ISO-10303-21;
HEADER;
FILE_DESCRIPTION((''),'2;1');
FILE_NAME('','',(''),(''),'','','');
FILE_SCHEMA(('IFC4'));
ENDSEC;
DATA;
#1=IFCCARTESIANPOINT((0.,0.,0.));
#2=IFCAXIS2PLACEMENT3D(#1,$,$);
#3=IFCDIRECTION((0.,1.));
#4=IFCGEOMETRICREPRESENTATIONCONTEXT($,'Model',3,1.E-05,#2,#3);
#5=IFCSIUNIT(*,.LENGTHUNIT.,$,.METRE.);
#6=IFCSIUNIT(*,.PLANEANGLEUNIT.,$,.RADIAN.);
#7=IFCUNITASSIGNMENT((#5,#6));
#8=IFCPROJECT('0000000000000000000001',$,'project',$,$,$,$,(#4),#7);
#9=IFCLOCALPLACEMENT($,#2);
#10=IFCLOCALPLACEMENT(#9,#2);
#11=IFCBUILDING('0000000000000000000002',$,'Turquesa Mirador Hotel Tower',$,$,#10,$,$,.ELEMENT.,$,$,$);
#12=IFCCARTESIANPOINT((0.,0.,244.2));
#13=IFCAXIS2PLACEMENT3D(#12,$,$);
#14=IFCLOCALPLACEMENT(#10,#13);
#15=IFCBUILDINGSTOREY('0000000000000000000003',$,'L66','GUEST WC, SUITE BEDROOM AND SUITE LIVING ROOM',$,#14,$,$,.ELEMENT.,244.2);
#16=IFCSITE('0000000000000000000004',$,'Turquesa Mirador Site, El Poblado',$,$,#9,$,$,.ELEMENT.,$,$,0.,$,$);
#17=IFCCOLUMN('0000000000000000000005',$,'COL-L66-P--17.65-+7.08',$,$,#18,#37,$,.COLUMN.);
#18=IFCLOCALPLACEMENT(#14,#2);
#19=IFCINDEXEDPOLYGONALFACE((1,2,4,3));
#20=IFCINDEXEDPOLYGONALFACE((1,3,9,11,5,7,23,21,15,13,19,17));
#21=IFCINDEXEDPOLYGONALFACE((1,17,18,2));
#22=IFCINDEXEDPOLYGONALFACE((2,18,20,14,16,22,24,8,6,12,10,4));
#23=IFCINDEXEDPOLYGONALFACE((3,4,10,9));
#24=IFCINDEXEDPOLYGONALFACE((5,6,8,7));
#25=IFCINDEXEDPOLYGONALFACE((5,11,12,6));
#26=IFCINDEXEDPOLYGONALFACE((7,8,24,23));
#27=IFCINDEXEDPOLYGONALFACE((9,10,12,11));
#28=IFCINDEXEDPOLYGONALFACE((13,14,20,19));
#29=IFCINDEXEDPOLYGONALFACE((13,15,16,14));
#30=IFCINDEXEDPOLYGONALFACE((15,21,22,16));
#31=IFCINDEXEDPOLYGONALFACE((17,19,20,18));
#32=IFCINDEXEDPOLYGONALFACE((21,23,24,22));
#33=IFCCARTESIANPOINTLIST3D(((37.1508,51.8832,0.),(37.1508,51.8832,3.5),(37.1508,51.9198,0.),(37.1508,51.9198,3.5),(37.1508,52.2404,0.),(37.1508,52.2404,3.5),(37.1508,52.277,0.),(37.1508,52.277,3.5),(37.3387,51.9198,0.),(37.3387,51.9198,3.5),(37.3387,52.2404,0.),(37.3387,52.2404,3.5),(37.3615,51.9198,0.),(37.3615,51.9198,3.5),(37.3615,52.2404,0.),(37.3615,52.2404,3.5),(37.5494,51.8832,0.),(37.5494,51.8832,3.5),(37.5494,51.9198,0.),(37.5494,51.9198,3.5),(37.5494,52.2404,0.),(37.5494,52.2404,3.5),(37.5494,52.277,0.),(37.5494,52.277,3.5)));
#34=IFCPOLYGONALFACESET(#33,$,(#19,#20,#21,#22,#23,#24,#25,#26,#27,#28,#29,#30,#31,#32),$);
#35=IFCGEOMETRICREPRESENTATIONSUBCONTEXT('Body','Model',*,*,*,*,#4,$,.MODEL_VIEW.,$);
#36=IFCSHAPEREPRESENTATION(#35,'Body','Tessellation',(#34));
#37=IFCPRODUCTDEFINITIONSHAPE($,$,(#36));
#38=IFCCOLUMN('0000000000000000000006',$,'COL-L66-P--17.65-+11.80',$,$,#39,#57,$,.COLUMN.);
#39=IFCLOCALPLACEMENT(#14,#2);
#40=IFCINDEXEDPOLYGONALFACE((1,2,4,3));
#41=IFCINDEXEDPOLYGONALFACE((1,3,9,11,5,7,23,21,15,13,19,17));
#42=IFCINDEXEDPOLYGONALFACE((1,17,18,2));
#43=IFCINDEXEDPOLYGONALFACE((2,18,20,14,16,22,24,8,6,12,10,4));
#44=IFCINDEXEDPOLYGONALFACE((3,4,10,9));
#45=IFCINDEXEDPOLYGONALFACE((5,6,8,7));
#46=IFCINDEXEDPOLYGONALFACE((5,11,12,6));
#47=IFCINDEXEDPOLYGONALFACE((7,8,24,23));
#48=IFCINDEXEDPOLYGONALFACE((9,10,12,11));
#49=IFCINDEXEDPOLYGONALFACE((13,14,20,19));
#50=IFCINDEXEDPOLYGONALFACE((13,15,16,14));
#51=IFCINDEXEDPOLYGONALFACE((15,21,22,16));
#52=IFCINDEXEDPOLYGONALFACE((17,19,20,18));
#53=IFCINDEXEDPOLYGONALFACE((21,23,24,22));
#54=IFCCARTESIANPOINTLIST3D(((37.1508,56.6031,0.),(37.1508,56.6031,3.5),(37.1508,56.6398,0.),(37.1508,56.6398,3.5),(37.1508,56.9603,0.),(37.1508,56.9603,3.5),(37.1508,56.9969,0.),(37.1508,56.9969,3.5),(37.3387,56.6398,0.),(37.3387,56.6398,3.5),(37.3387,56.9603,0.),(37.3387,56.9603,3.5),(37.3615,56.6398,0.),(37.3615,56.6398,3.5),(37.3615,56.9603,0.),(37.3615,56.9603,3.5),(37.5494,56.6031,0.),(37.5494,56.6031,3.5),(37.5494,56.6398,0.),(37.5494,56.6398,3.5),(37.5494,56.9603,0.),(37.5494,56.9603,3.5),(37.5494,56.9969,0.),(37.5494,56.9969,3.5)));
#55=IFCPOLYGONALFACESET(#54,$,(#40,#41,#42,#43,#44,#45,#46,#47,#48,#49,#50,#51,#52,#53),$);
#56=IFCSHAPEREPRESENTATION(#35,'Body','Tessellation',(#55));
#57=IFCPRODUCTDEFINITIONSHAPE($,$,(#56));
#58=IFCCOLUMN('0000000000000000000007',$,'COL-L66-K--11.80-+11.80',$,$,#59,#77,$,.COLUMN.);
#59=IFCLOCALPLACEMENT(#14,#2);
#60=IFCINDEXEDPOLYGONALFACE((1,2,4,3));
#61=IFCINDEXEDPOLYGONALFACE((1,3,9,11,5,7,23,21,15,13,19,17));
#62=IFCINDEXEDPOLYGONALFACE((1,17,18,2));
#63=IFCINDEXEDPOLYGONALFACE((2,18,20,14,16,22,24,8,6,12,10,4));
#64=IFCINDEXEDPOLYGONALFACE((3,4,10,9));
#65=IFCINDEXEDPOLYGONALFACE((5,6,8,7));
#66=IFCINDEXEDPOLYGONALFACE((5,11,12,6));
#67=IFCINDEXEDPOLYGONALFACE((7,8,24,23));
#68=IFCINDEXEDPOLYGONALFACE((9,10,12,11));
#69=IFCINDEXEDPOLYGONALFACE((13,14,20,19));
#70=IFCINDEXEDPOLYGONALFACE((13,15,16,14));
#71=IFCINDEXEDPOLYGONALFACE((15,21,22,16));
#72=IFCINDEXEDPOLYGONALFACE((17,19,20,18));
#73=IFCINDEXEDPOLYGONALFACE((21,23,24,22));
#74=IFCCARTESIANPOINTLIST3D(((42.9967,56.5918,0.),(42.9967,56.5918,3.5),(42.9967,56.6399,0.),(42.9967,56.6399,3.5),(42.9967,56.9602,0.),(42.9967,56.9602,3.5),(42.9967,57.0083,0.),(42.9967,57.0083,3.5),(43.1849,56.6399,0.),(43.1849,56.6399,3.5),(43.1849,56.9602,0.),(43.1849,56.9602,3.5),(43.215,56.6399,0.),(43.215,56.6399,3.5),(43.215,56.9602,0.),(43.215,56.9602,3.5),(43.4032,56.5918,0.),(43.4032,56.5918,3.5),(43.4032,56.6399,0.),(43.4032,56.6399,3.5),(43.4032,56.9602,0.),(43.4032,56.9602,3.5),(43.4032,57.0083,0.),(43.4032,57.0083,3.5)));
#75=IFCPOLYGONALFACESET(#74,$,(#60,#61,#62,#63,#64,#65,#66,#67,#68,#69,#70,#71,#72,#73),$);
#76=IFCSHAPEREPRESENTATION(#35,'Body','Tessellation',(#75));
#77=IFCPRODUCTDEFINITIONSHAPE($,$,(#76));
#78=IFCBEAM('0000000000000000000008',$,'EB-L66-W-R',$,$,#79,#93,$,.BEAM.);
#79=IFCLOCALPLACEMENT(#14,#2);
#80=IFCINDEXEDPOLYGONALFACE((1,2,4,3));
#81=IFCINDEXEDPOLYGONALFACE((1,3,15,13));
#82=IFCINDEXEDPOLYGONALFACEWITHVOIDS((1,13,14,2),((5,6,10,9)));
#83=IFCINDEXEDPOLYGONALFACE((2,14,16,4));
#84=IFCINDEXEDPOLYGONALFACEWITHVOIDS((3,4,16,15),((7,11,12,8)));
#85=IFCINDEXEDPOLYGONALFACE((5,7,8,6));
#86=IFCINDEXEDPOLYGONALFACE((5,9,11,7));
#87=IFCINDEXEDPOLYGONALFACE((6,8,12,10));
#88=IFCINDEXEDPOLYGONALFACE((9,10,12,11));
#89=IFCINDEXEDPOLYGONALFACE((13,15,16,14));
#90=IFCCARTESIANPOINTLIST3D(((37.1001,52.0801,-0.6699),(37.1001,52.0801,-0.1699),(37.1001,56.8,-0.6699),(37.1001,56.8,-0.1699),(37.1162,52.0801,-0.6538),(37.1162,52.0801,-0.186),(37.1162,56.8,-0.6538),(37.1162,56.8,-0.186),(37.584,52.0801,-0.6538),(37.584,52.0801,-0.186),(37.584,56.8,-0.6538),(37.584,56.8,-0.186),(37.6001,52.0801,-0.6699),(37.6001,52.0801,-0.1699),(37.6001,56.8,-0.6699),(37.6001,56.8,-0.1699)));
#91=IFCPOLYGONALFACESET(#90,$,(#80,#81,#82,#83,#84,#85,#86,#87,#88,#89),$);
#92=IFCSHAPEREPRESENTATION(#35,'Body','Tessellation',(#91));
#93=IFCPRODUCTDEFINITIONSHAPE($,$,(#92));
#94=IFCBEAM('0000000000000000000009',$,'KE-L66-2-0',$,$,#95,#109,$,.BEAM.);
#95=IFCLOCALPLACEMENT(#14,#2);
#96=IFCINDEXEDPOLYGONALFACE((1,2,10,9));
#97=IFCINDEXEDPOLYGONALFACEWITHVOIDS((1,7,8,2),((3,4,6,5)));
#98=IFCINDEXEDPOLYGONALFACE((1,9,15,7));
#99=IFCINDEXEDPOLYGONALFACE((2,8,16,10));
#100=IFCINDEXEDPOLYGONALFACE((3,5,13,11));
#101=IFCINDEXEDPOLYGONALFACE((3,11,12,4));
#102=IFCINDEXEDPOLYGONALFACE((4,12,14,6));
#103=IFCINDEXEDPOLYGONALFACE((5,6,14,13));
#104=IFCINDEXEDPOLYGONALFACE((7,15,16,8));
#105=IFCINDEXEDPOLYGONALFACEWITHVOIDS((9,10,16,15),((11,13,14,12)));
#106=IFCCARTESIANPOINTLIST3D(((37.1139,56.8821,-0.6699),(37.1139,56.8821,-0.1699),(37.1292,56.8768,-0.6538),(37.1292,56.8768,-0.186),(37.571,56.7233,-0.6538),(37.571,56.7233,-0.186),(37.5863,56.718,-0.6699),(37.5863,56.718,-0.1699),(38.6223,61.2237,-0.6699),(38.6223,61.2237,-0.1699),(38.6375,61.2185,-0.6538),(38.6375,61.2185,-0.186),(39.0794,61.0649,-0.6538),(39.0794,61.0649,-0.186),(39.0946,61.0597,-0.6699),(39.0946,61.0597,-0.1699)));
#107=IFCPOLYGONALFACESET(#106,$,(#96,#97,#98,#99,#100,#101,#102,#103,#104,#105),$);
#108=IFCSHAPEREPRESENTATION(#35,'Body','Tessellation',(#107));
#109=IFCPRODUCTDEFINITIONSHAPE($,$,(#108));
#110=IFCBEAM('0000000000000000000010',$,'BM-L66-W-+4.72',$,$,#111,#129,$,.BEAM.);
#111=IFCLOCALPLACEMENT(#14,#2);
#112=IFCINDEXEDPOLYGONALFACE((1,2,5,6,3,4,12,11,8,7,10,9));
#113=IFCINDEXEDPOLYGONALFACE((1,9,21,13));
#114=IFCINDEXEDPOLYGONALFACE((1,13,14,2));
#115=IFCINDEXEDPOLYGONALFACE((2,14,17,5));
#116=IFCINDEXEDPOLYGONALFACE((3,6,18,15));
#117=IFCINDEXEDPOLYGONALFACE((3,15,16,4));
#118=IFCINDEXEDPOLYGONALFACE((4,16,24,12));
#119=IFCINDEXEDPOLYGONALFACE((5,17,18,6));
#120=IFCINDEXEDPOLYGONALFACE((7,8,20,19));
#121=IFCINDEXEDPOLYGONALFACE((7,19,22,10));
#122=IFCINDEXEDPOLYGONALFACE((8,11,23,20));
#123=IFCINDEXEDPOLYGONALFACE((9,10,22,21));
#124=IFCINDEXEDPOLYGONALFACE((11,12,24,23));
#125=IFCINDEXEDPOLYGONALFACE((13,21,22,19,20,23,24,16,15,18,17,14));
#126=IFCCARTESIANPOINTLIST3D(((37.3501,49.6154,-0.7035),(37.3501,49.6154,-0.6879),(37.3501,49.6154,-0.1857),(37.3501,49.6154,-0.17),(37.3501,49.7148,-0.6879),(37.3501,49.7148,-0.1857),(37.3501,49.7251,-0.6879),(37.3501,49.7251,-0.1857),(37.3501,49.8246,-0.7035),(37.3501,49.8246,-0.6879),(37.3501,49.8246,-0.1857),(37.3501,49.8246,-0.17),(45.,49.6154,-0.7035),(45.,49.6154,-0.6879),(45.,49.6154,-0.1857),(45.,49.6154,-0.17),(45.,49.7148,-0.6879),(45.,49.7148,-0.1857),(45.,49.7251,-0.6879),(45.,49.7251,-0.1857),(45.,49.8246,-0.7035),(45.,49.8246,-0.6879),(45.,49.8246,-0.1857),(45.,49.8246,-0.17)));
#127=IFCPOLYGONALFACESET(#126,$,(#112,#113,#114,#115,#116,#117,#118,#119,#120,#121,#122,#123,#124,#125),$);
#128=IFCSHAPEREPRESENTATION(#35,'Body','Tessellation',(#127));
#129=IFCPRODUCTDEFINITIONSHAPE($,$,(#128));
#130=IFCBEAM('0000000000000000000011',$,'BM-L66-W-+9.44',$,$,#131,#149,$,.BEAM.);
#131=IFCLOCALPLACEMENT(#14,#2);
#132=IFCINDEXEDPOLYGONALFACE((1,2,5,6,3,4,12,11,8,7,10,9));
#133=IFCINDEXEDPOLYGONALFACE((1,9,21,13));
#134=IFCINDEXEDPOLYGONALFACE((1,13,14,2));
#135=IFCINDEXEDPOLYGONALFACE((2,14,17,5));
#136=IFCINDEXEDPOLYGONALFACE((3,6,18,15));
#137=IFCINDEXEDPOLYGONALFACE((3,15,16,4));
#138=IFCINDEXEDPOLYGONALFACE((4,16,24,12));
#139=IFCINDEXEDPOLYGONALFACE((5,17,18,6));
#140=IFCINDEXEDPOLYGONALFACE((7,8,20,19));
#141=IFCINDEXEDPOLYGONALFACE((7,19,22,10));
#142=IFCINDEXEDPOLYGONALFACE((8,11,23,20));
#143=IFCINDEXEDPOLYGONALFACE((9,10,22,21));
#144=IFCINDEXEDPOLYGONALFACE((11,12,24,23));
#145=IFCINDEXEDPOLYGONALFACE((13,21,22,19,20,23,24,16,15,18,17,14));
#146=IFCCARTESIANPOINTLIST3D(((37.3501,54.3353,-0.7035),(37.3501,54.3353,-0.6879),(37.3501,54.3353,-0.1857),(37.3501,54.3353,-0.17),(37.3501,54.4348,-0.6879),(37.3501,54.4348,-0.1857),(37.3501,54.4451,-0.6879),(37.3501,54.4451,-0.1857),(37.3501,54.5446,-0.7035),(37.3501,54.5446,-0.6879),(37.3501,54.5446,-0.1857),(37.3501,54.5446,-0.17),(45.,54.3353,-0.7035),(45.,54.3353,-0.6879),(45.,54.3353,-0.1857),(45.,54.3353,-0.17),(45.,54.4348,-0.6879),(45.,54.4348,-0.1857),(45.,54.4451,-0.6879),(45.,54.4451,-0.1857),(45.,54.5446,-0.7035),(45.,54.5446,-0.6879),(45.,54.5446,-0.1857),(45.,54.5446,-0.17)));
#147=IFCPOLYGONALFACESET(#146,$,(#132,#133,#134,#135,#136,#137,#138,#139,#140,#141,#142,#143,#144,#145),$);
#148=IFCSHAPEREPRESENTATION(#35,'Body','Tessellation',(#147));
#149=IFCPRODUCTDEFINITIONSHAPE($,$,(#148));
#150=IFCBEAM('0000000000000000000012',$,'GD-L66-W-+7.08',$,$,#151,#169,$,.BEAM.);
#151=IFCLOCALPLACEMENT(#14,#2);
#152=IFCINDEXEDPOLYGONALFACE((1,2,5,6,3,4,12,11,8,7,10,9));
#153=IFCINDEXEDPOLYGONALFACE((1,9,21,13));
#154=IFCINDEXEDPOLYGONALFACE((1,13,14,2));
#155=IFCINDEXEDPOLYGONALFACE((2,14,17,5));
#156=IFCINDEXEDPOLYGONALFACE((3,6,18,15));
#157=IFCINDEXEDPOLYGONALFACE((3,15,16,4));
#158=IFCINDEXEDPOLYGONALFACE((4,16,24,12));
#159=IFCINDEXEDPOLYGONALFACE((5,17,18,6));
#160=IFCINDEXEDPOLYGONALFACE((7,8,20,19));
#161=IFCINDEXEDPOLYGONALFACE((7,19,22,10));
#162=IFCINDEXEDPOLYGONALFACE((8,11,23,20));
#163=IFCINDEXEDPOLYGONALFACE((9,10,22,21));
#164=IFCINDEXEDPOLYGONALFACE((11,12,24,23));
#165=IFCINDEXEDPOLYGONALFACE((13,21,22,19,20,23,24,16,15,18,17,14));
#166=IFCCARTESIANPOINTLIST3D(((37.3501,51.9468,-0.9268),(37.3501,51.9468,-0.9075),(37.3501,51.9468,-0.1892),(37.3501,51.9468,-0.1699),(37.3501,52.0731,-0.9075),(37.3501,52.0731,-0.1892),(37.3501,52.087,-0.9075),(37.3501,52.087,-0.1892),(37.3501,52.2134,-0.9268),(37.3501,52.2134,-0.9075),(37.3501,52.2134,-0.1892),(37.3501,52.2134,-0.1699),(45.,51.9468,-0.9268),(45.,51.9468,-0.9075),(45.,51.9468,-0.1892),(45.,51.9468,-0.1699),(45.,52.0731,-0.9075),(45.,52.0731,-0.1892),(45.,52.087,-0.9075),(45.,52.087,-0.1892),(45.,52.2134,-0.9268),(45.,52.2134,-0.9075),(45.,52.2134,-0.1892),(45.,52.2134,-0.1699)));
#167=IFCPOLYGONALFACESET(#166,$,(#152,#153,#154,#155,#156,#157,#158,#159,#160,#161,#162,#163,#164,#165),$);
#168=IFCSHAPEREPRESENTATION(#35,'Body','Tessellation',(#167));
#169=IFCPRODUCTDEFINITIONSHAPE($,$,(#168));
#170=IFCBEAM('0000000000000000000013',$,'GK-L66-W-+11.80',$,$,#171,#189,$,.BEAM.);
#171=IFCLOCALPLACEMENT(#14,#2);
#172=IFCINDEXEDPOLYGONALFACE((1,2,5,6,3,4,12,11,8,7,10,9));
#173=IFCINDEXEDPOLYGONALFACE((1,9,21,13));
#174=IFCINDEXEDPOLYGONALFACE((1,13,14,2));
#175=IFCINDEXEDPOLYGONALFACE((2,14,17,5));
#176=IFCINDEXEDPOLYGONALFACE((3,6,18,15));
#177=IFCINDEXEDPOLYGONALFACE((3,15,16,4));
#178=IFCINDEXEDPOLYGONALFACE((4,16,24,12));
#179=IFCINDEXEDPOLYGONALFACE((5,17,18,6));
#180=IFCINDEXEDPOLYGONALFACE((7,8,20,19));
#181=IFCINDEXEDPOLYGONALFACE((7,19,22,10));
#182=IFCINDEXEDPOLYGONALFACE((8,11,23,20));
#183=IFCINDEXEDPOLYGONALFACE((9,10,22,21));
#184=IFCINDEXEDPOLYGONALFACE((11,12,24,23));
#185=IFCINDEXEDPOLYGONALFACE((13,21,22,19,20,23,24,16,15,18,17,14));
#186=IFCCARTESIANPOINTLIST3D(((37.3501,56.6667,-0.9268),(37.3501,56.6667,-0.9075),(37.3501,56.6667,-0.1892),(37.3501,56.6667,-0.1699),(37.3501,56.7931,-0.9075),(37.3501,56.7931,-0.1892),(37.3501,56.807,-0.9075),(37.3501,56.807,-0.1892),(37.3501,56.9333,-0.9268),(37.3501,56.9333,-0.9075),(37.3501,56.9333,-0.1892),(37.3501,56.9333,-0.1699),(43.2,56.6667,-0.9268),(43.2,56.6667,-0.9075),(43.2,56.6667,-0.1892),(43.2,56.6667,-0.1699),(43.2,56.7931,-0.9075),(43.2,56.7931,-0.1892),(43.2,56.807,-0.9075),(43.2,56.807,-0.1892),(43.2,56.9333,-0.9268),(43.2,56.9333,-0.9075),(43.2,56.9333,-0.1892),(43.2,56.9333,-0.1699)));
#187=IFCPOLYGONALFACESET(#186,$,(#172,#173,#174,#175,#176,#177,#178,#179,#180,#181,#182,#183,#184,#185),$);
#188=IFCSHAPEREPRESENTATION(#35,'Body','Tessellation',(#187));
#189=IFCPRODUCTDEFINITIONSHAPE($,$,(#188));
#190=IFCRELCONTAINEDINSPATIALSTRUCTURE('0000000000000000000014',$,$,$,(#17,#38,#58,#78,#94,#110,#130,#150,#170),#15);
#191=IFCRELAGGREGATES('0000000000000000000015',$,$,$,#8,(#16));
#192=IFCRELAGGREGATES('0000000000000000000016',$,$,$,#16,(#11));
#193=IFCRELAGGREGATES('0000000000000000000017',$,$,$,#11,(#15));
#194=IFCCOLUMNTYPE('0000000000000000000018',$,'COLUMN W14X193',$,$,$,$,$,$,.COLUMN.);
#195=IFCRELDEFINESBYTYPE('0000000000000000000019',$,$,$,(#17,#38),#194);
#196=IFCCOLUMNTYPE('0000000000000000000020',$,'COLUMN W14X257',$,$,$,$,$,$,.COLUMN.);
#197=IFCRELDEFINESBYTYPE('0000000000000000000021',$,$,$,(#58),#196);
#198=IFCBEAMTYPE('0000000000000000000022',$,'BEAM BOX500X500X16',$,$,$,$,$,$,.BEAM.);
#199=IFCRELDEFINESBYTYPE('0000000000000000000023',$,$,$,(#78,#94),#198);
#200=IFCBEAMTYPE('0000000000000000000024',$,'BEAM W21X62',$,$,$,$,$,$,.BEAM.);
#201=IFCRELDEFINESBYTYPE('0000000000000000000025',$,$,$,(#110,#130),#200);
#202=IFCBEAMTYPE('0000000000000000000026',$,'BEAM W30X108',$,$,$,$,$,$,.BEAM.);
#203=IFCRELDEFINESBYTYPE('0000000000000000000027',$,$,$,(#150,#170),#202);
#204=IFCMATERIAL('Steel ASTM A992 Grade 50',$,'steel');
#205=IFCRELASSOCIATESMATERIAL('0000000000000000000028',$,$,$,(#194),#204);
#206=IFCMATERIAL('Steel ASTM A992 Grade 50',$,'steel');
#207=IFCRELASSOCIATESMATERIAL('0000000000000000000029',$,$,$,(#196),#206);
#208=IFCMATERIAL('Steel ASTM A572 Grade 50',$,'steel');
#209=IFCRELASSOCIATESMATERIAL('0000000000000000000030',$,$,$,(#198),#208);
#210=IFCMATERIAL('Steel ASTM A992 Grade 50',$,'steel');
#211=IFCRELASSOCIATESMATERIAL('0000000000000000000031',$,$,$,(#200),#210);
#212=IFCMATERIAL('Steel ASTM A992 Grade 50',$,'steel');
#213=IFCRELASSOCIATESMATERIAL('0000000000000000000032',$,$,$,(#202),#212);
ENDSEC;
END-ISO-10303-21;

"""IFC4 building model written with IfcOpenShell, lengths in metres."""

from ifc_helpers import new_model, si_unit, direction, frame, origin, origin_2d, place, context, subcontext, project, spatial, hollow_rectangle, i_section, extrude, material, material_profile, profile_set, type_object, element, save


model = new_model("IFC4")

# Units and contexts
model_context = context("Model", 3, precision=1e-05, world=origin(), true_north=direction((0.0, 1.0)))
body_context = subcontext(model_context, "Body", "Model", "MODEL_VIEW")
ifc_project = project(units=[si_unit("LENGTHUNIT", "METRE"), si_unit("PLANEANGLEUNIT", "RADIAN")], contexts=[model_context])

# Site, building, storey
site_placement = place(None, origin())
site = spatial("IfcSite", under=ifc_project, at=site_placement, Name="Turquesa Mirador Site, El Poblado", CompositionType="ELEMENT", RefElevation=0.0)
building_placement = place(site_placement, origin())
building = spatial("IfcBuilding", under=site, at=building_placement, Name="Turquesa Mirador Hotel Tower", CompositionType="ELEMENT")
storey_placement = place(building_placement, frame((0.0, 0.0, 244.2)))
storey = spatial("IfcBuildingStorey", under=building, at=storey_placement, Name="L66", Description="GUEST WC, SUITE BEDROOM AND SUITE LIVING ROOM", CompositionType="ELEMENT", Elevation=244.2)

# Columns
ifc_material_1 = material(Name="Steel ASTM A992 Grade 50", Category="steel")
ifc_material_profile_1 = material_profile(ifc_material_1, i_section(OverallWidth=0.3987, OverallDepth=0.3938, WebThickness=0.0227, FlangeThickness=0.0366, at=origin_2d()), Name="W14X193")
ifc_profile_set_1 = profile_set([ifc_material_profile_1], Name="Steel ASTM A992 Grade 50")
column_type_1 = type_object("IfcColumnType", Name="COLUMN W14X193", PredefinedType="COLUMN", material=ifc_profile_set_1)
for number, where, z_axis, x_axis, name in (
    (1, (37.3501, 52.0801, 0.0), (0.0, 0.0, 1.0), (1.0, 0.0, 0.0), "COL-L66-P--17.65-+7.08"),
    (2, (37.3501, 56.8, 0.0), (0.0, 0.0, 1.0), (1.0, 0.0, 0.0), "COL-L66-P--17.65-+11.80"),
):
    element("IfcColumn", number, at=place(storey_placement, frame(where, z_axis=z_axis, x_axis=x_axis)), inside=storey, type_object=column_type_1, Name=name, PredefinedType="COLUMN", context=body_context, shape_type="SweptSolid", body=[
        extrude(i_section(OverallWidth=0.3987, OverallDepth=0.3938, WebThickness=0.0227, FlangeThickness=0.0366, at=origin_2d()), origin(), (0.0, 0.0, 1.0), 3.5),
    ])
ifc_material_2 = material(Name="Steel ASTM A992 Grade 50", Category="steel")
ifc_material_profile_2 = material_profile(ifc_material_2, i_section(OverallWidth=0.4065, OverallDepth=0.4165, WebThickness=0.03, FlangeThickness=0.0481, at=origin_2d()), Name="W14X257")
ifc_profile_set_2 = profile_set([ifc_material_profile_2], Name="Steel ASTM A992 Grade 50")
column_type_2 = type_object("IfcColumnType", Name="COLUMN W14X257", PredefinedType="COLUMN", material=ifc_profile_set_2)
column_placement = place(storey_placement, frame((43.2, 56.8, 0.0), z_axis=(0.0, 0.0, 1.0), x_axis=(1.0, 0.0, 0.0)))
element("IfcColumn", 3, at=column_placement, inside=storey, type_object=column_type_2, Name="COL-L66-K--11.80-+11.80", PredefinedType="COLUMN", context=body_context, shape_type="SweptSolid", body=[
    extrude(i_section(OverallWidth=0.4065, OverallDepth=0.4165, WebThickness=0.03, FlangeThickness=0.0481, at=origin_2d()), origin(), (0.0, 0.0, 1.0), 3.5),
])

# Beams
ifc_material_3 = material(Name="Steel ASTM A572 Grade 50", Category="steel")
ifc_material_profile_3 = material_profile(ifc_material_3, hollow_rectangle(XDim=0.5, YDim=0.5, WallThickness=0.0161, at=origin_2d()), Name="BOX500X500X16")
ifc_profile_set_3 = profile_set([ifc_material_profile_3], Name="Steel ASTM A572 Grade 50")
beam_type_1 = type_object("IfcBeamType", Name="BEAM BOX500X500X16", PredefinedType="BEAM", material=ifc_profile_set_3)
beam_1_placement = place(storey_placement, frame((37.3501, 52.0801, -0.4199), z_axis=(0.0, 1.0, 0.0), x_axis=(-1.0, 0.0, 0.0)))
element("IfcBeam", 4, at=beam_1_placement, inside=storey, type_object=beam_type_1, Name="EB-L66-W-R", PredefinedType="BEAM", context=body_context, shape_type="SweptSolid", body=[
    extrude(hollow_rectangle(XDim=0.5, YDim=0.5, WallThickness=0.0161, at=origin_2d()), origin(), (0.0, 0.0, 1.0), 4.72),
])
beam_2_placement = place(storey_placement, frame((37.3501, 56.8, -0.4199), z_axis=(0.32817, 0.944619, 0.0), x_axis=(-0.944619, 0.32817, 0.0)))
element("IfcBeam", 5, at=beam_2_placement, inside=storey, type_object=beam_type_1, Name="KE-L66-2-0", PredefinedType="BEAM", context=body_context, shape_type="SweptSolid", body=[
    extrude(hollow_rectangle(XDim=0.5, YDim=0.5, WallThickness=0.0161, at=origin_2d()), origin(), (0.0, 0.0, 1.0), 4.5962),
])
ifc_material_4 = material(Name="Steel ASTM A992 Grade 50", Category="steel")
ifc_material_profile_4 = material_profile(ifc_material_4, i_section(OverallWidth=0.2092, OverallDepth=0.5334, WebThickness=0.0103, FlangeThickness=0.0156, at=origin_2d()), Name="W21X62")
ifc_profile_set_4 = profile_set([ifc_material_profile_4], Name="Steel ASTM A992 Grade 50")
beam_type_2 = type_object("IfcBeamType", Name="BEAM W21X62", PredefinedType="BEAM", material=ifc_profile_set_4)
for number, where, z_axis, x_axis, name in (
    (6, (37.3501, 49.72, -0.4368), (1.0, 0.0, 0.0), (0.0, 1.0, 0.0), "BM-L66-W-+4.72"),
    (7, (37.3501, 54.4399, -0.4368), (1.0, 0.0, 0.0), (0.0, 1.0, 0.0), "BM-L66-W-+9.44"),
):
    element("IfcBeam", number, at=place(storey_placement, frame(where, z_axis=z_axis, x_axis=x_axis)), inside=storey, type_object=beam_type_2, Name=name, PredefinedType="BEAM", context=body_context, shape_type="SweptSolid", body=[
        extrude(i_section(OverallWidth=0.2092, OverallDepth=0.5334, WebThickness=0.0103, FlangeThickness=0.0156, at=origin_2d()), origin(), (0.0, 0.0, 1.0), 7.6499),
    ])
ifc_material_5 = material(Name="Steel ASTM A992 Grade 50", Category="steel")
ifc_material_profile_5 = material_profile(ifc_material_5, i_section(OverallWidth=0.2666, OverallDepth=0.7568, WebThickness=0.0139, FlangeThickness=0.0193, at=origin_2d()), Name="W30X108")
ifc_profile_set_5 = profile_set([ifc_material_profile_5], Name="Steel ASTM A992 Grade 50")
beam_type_3 = type_object("IfcBeamType", Name="BEAM W30X108", PredefinedType="BEAM", material=ifc_profile_set_5)
beam_3_placement = place(storey_placement, frame((37.3501, 52.0801, -0.5483), z_axis=(1.0, 0.0, 0.0), x_axis=(0.0, 1.0, 0.0)))
element("IfcBeam", 8, at=beam_3_placement, inside=storey, type_object=beam_type_3, Name="GD-L66-W-+7.08", PredefinedType="BEAM", context=body_context, shape_type="SweptSolid", body=[
    extrude(i_section(OverallWidth=0.2666, OverallDepth=0.7568, WebThickness=0.0139, FlangeThickness=0.0193, at=origin_2d()), origin(), (0.0, 0.0, 1.0), 7.6499),
])
beam_4_placement = place(storey_placement, frame((37.3501, 56.8, -0.5483), z_axis=(1.0, 0.0, 0.0), x_axis=(0.0, 1.0, 0.0)))
element("IfcBeam", 9, at=beam_4_placement, inside=storey, type_object=beam_type_3, Name="GK-L66-W-+11.80", PredefinedType="BEAM", context=body_context, shape_type="SweptSolid", body=[
    extrude(i_section(OverallWidth=0.2666, OverallDepth=0.7568, WebThickness=0.0139, FlangeThickness=0.0193, at=origin_2d()), origin(), (0.0, 0.0, 1.0), 5.8499),
])

save(model, "model.ifc")
